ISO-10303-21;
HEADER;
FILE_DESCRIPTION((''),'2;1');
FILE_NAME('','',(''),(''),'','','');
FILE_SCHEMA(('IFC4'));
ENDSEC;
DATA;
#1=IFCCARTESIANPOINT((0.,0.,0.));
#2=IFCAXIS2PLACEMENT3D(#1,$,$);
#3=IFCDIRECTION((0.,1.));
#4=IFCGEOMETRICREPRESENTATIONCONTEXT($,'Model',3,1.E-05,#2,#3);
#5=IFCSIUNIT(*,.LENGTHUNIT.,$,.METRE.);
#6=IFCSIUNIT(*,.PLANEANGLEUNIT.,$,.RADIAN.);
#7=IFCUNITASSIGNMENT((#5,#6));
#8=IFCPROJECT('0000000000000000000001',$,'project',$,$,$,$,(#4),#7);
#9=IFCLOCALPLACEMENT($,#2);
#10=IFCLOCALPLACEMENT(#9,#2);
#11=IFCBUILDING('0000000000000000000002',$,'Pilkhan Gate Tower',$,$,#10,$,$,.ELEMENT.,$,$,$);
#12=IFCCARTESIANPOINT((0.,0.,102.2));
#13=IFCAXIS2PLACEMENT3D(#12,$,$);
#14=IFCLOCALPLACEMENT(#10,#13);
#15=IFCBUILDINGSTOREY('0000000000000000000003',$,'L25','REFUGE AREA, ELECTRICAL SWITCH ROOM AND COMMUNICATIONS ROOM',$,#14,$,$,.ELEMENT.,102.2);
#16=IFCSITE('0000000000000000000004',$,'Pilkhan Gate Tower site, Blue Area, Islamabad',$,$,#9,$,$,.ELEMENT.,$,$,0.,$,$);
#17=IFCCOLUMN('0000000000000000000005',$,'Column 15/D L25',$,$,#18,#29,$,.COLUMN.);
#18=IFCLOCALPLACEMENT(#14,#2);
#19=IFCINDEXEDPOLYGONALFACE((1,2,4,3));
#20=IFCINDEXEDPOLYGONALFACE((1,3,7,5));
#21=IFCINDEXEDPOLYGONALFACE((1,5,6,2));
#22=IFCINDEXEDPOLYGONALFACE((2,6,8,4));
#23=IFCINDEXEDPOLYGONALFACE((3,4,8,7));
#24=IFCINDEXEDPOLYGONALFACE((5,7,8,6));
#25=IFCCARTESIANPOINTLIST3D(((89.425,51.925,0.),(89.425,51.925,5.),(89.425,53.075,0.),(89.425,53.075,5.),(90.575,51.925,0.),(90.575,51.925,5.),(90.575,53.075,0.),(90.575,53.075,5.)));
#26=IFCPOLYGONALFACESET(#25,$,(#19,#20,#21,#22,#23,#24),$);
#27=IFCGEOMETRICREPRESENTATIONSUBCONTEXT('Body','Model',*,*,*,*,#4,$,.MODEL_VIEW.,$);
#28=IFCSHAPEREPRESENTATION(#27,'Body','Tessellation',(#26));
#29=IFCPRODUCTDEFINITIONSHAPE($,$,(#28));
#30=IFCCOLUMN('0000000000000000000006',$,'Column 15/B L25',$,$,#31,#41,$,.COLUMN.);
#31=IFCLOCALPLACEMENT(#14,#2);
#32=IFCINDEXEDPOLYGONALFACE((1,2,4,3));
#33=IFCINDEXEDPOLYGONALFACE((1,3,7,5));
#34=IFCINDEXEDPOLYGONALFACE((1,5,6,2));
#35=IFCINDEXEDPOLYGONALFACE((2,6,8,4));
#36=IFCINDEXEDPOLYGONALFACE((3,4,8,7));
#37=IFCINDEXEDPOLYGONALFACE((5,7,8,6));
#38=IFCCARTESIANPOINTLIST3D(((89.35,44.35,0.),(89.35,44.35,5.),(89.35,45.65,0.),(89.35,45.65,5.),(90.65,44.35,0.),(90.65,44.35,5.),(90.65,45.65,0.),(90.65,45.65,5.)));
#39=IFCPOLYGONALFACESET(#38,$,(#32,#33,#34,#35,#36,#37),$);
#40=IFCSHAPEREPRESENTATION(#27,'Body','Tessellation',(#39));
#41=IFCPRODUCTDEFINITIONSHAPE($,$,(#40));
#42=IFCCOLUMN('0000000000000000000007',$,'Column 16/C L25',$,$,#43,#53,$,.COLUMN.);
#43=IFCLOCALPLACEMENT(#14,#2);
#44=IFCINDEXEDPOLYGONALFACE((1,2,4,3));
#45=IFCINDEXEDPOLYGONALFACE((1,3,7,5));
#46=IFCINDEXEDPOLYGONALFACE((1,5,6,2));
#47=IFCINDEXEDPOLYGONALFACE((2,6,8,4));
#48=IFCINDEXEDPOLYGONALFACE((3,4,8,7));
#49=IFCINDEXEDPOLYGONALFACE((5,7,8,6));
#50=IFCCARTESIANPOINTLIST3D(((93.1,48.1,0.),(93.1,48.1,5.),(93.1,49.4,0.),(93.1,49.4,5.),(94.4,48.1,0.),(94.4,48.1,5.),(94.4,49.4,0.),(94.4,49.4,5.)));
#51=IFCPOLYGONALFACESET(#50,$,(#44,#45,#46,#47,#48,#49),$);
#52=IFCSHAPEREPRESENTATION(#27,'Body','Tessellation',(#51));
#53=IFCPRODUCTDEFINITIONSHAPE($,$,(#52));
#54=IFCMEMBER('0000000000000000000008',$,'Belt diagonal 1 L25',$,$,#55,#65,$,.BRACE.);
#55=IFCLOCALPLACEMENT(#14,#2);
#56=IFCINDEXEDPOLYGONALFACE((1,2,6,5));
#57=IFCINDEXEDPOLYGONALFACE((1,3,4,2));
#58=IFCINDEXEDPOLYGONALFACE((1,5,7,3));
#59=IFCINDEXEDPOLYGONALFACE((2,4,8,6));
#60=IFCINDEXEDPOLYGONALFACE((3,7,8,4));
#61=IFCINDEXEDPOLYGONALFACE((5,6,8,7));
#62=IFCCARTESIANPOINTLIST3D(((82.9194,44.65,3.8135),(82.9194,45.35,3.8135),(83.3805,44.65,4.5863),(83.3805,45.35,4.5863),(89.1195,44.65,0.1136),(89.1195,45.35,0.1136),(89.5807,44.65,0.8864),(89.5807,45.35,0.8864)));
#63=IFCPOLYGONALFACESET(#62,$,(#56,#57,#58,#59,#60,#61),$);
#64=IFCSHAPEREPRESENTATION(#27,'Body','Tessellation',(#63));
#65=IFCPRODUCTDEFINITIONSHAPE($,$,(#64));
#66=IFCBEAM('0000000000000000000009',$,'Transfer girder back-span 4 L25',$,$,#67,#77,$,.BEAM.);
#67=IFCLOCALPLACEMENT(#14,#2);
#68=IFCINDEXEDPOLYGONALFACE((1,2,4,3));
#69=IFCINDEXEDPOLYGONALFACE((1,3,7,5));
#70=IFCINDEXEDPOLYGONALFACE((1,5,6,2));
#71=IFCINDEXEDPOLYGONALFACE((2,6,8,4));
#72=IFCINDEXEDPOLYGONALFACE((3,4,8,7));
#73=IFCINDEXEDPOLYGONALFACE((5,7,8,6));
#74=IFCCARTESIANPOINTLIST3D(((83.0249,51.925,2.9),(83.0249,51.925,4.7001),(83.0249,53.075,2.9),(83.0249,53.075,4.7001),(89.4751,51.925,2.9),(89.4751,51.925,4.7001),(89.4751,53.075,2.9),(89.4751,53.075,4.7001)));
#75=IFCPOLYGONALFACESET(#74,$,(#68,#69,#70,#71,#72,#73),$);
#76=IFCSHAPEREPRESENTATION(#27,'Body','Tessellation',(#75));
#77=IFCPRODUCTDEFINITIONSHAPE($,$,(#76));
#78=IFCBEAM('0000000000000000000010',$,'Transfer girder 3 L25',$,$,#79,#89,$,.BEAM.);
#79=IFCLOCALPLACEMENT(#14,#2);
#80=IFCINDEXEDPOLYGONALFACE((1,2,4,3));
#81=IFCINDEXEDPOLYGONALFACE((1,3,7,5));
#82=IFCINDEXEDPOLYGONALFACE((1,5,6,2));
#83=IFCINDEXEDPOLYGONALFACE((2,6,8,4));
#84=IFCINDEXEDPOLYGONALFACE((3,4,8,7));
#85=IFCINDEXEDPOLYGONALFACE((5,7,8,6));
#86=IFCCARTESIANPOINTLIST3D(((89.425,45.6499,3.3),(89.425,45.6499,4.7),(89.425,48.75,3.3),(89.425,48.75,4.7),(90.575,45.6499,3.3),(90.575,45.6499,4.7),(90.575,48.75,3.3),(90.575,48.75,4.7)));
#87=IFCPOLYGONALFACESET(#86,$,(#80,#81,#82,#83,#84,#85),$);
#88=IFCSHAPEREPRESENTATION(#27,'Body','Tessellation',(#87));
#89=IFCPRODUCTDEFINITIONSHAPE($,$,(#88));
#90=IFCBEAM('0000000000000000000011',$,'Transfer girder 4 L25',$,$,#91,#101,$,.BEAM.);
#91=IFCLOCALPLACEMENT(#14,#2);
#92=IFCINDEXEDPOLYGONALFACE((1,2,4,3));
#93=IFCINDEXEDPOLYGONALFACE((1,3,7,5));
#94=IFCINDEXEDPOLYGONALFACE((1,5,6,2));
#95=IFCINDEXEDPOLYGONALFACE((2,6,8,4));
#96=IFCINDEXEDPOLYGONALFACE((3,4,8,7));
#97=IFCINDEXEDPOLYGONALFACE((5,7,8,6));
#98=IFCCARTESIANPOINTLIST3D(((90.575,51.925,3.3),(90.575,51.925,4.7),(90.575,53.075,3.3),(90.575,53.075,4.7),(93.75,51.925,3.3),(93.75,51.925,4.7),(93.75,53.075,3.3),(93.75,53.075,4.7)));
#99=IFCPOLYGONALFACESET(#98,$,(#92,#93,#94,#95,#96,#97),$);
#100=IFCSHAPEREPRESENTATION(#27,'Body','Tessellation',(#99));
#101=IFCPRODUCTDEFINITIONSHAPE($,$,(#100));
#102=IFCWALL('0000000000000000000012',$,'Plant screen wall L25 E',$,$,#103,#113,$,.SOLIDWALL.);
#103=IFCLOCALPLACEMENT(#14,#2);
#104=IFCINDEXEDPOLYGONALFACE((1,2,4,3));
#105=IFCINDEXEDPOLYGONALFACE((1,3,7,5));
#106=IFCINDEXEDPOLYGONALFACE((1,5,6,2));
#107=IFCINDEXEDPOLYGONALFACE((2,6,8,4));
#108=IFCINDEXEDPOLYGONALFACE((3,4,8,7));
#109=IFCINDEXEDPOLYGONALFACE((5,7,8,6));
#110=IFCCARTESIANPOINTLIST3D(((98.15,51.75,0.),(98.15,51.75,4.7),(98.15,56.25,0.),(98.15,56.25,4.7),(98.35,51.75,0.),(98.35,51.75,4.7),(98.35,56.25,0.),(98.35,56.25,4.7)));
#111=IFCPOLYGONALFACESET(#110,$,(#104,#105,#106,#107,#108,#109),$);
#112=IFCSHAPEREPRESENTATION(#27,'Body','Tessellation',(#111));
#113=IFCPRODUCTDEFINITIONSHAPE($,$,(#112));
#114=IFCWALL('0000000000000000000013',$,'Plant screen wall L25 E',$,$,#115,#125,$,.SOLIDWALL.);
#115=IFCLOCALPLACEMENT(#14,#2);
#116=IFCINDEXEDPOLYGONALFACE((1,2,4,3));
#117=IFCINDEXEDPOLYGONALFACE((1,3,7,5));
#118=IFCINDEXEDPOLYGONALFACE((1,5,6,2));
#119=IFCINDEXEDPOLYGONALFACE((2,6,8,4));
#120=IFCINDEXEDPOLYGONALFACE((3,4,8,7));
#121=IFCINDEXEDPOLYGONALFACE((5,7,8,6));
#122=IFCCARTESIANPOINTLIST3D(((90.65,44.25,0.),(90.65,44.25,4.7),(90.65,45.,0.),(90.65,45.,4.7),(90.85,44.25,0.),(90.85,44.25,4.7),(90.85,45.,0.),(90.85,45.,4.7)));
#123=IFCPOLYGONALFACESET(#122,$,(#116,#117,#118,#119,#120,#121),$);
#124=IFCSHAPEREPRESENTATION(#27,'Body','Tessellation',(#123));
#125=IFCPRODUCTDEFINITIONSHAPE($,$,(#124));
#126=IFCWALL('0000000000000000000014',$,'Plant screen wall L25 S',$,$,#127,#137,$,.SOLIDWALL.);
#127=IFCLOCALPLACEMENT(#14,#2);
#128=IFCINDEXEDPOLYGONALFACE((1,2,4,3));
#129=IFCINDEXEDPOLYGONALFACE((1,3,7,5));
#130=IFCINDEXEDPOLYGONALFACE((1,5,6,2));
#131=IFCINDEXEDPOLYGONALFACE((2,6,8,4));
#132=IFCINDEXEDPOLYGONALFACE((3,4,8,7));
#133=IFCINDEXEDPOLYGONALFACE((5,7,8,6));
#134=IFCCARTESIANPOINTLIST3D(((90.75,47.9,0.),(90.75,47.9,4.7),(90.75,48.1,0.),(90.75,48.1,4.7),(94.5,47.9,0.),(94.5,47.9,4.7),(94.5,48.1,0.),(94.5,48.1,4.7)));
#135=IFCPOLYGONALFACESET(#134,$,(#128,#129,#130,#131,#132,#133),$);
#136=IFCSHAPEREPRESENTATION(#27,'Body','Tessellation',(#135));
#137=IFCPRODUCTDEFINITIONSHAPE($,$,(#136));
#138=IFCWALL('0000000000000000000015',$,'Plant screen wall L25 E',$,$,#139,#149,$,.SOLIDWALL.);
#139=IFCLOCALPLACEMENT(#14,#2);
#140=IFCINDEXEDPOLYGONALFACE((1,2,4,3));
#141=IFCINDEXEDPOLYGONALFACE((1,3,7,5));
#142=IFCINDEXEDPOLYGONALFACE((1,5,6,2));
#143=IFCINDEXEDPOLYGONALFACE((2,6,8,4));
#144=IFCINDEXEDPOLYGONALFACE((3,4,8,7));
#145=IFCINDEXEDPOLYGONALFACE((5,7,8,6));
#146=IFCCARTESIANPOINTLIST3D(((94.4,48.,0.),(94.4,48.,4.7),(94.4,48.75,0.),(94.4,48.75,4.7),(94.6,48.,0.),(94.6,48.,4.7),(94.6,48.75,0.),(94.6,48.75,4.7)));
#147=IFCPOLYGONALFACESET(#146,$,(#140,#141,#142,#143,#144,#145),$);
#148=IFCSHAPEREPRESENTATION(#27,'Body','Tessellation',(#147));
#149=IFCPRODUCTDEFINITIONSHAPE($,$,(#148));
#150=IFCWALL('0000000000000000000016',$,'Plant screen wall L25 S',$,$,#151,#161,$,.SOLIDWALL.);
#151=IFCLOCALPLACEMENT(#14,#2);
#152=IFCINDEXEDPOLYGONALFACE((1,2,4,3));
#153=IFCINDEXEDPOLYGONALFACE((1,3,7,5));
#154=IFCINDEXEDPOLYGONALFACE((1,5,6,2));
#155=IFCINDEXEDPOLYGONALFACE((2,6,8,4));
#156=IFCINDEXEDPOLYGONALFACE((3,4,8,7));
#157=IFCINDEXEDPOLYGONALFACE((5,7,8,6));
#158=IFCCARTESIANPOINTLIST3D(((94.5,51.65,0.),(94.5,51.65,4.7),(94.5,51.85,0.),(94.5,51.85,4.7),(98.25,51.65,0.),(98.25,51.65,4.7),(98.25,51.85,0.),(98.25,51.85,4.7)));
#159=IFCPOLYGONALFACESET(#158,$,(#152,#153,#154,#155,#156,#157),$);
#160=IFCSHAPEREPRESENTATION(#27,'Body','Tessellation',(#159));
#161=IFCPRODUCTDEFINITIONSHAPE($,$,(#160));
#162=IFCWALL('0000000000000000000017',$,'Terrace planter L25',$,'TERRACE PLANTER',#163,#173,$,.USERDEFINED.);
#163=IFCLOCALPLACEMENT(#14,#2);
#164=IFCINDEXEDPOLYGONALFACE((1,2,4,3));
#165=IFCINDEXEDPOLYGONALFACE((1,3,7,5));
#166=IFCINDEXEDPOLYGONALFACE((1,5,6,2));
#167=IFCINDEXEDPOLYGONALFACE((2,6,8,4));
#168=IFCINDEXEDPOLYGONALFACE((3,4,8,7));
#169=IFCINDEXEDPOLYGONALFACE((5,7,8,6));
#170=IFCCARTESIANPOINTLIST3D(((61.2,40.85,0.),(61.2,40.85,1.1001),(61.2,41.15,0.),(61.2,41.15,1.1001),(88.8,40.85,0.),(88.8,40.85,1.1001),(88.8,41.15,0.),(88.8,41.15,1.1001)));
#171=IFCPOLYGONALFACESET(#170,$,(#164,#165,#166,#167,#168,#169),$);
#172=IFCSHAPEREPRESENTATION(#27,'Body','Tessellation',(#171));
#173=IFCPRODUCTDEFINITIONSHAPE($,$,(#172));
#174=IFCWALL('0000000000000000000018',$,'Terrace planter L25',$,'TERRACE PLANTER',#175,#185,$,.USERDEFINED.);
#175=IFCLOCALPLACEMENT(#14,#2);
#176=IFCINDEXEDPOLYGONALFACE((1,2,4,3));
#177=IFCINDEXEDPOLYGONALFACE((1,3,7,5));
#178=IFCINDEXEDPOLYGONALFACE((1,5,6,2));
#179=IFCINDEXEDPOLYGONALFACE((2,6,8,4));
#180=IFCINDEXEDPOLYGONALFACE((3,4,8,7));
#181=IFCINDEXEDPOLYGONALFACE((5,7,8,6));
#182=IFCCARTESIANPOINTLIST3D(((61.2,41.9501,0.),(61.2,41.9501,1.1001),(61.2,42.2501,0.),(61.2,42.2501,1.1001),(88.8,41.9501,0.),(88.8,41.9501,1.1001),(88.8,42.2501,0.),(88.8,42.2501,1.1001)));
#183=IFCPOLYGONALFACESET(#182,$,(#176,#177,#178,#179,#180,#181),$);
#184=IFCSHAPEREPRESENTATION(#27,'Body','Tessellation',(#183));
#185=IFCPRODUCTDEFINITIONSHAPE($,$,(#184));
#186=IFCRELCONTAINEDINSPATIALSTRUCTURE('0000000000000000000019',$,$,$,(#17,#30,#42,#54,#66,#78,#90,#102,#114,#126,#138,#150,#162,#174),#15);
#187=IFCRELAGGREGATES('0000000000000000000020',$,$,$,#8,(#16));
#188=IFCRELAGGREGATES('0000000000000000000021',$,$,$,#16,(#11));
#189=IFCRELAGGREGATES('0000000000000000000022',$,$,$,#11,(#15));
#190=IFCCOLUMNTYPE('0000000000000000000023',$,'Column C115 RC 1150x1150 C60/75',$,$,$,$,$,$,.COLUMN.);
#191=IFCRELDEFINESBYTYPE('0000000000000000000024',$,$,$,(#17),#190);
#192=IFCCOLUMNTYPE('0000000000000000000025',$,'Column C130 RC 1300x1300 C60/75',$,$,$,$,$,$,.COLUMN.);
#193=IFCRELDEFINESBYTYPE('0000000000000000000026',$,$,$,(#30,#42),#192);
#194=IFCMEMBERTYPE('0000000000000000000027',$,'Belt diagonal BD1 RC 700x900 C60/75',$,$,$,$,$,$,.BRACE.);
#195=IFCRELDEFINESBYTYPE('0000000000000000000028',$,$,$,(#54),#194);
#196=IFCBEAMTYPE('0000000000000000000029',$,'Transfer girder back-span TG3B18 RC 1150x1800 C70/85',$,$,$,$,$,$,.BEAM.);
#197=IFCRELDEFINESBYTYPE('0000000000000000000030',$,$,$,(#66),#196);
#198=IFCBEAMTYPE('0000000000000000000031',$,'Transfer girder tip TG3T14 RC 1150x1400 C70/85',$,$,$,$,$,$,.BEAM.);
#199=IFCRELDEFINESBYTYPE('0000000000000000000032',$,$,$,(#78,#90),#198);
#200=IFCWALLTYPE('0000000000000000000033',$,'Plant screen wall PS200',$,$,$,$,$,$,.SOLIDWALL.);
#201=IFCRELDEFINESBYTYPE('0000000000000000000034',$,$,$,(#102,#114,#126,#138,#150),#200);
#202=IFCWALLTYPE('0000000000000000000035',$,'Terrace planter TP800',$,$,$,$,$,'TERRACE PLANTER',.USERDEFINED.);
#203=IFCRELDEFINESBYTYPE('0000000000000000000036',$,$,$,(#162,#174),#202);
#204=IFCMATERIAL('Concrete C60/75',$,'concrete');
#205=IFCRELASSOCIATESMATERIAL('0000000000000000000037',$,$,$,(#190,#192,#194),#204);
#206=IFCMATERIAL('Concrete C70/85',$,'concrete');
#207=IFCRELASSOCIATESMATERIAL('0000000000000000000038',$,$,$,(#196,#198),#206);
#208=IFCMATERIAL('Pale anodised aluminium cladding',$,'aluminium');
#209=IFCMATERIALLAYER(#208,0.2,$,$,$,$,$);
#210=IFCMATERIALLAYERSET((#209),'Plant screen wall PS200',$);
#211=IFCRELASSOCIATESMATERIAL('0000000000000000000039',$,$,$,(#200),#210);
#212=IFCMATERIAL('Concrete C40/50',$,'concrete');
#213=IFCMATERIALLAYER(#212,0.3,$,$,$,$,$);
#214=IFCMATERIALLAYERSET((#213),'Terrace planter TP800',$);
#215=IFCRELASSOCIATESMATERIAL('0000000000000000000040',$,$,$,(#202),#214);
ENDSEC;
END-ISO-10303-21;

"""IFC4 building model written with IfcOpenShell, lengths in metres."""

from ifc_helpers import new_model, si_unit, direction, frame, frame_2d, origin, origin_2d, place, context, subcontext, project, spatial, rectangle, extrude, material, layer, layer_set, material_profile, profile_set, type_object, element, save


model = new_model("IFC4")

# Units and contexts
model_context = context("Model", 3, precision=1e-05, world=origin(), true_north=direction((0.0, 1.0)))
body_context = subcontext(model_context, "Body", "Model", "MODEL_VIEW")
ifc_project = project(units=[si_unit("LENGTHUNIT", "METRE"), si_unit("PLANEANGLEUNIT", "RADIAN")], contexts=[model_context])

# Site, building, storey
site_placement = place(None, origin())
site = spatial("IfcSite", under=ifc_project, at=site_placement, Name="Pilkhan Gate Tower site, Blue Area, Islamabad", CompositionType="ELEMENT", RefElevation=0.0)
building_placement = place(site_placement, origin())
building = spatial("IfcBuilding", under=site, at=building_placement, Name="Pilkhan Gate Tower", CompositionType="ELEMENT")
storey_placement = place(building_placement, frame((0.0, 0.0, 102.2)))
storey = spatial("IfcBuildingStorey", under=building, at=storey_placement, Name="L25", Description="REFUGE AREA, ELECTRICAL SWITCH ROOM AND COMMUNICATIONS ROOM", CompositionType="ELEMENT", Elevation=102.2)

# Columns
ifc_material_1 = material(Name="Concrete C60/75", Category="concrete")
ifc_material_profile_1 = material_profile(ifc_material_1, rectangle(XDim=1.1499, YDim=1.1499, at=origin_2d()), Name="RC 1150x1150")
ifc_profile_set_1 = profile_set([ifc_material_profile_1], Name="Concrete C60/75")
column_type_1 = type_object("IfcColumnType", Name="Column C115 RC 1150x1150 C60/75", PredefinedType="COLUMN", material=ifc_profile_set_1)
column_placement = place(storey_placement, frame((90.0, 52.5, 0.0), z_axis=(0.0, 0.0, 1.0), x_axis=(1.0, 0.0, 0.0)))
element("IfcColumn", 1, at=column_placement, inside=storey, type_object=column_type_1, Name="Column 15/D L25", PredefinedType="COLUMN", context=body_context, shape_type="SweptSolid", body=[
    extrude(rectangle(XDim=1.1499, YDim=1.1499, at=origin_2d()), origin(), (0.0, 0.0, 1.0), 5.0),
])
ifc_material_profile_2 = material_profile(ifc_material_1, rectangle(XDim=1.3, YDim=1.3, at=origin_2d()), Name="RC 1300x1300")
ifc_profile_set_2 = profile_set([ifc_material_profile_2], Name="Concrete C60/75")
column_type_2 = type_object("IfcColumnType", Name="Column C130 RC 1300x1300 C60/75", PredefinedType="COLUMN", material=ifc_profile_set_2)
for number, where, z_axis, x_axis, name in (
    (2, (90.0, 45.0, 0.0), (0.0, 0.0, 1.0), (1.0, 0.0, 0.0), "Column 15/B L25"),
    (3, (93.75, 48.75, 0.0), (0.0, 0.0, 1.0), (1.0, 0.0, 0.0), "Column 16/C L25"),
):
    element("IfcColumn", number, at=place(storey_placement, frame(where, z_axis=z_axis, x_axis=x_axis)), inside=storey, type_object=column_type_2, Name=name, PredefinedType="COLUMN", context=body_context, shape_type="SweptSolid", body=[
        extrude(rectangle(XDim=1.3, YDim=1.3, at=origin_2d()), origin(), (0.0, 0.0, 1.0), 5.0),
    ])

# Member
ifc_material_profile_3 = material_profile(ifc_material_1, rectangle(XDim=0.7, YDim=0.8999, at=origin_2d()), Name="RC 700x900")
ifc_profile_set_3 = profile_set([ifc_material_profile_3], Name="Concrete C60/75")
member_type = type_object("IfcMemberType", Name="Belt diagonal BD1 RC 700x900 C60/75", PredefinedType="BRACE", material=ifc_profile_set_3)
member_placement = place(storey_placement, frame((89.3501, 45.0, 0.5), z_axis=(-0.858723, 0.0, 0.512441), x_axis=(0.0, -1.0, 0.0)))
element("IfcMember", 4, at=member_placement, inside=storey, type_object=member_type, Name="Belt diagonal 1 L25", PredefinedType="BRACE", context=body_context, shape_type="SweptSolid", body=[
    extrude(rectangle(XDim=0.7, YDim=0.8999, at=origin_2d()), origin(), (0.0, 0.0, 1.0), 7.2202),
])

# Beams
ifc_material_2 = material(Name="Concrete C70/85", Category="concrete")
ifc_material_profile_4 = material_profile(ifc_material_2, rectangle(XDim=1.1499, YDim=1.8, at=origin_2d()), Name="RC 1150x1800")
ifc_profile_set_4 = profile_set([ifc_material_profile_4], Name="Concrete C70/85")
beam_type_1 = type_object("IfcBeamType", Name="Transfer girder back-span TG3B18 RC 1150x1800 C70/85", PredefinedType="BEAM", material=ifc_profile_set_4)
beam_1_placement = place(storey_placement, frame((89.4751, 52.5, 3.8), z_axis=(-1.0, 0.0, 0.0), x_axis=(0.0, -1.0, 0.0)))
element("IfcBeam", 5, at=beam_1_placement, inside=storey, type_object=beam_type_1, Name="Transfer girder back-span 4 L25", PredefinedType="BEAM", context=body_context, shape_type="SweptSolid", body=[
    extrude(rectangle(XDim=1.1499, YDim=1.8, at=origin_2d()), origin(), (0.0, 0.0, 1.0), 6.4502),
])
ifc_material_profile_5 = material_profile(ifc_material_2, rectangle(XDim=1.1499, YDim=1.3999, at=origin_2d()), Name="RC 1150x1400")
ifc_profile_set_5 = profile_set([ifc_material_profile_5], Name="Concrete C70/85")
beam_type_2 = type_object("IfcBeamType", Name="Transfer girder tip TG3T14 RC 1150x1400 C70/85", PredefinedType="BEAM", material=ifc_profile_set_5)
beam_2_placement = place(storey_placement, frame((90.0, 48.75, 4.0), z_axis=(0.0, -1.0, 0.0), x_axis=(1.0, 0.0, 0.0)))
element("IfcBeam", 6, at=beam_2_placement, inside=storey, type_object=beam_type_2, Name="Transfer girder 3 L25", PredefinedType="BEAM", context=body_context, shape_type="SweptSolid", body=[
    extrude(rectangle(XDim=1.1499, YDim=1.3999, at=origin_2d()), origin(), (0.0, 0.0, 1.0), 3.1001),
])
beam_3_placement = place(storey_placement, frame((93.75, 52.5, 4.0), z_axis=(-1.0, 0.0, 0.0), x_axis=(0.0, -1.0, 0.0)))
element("IfcBeam", 7, at=beam_3_placement, inside=storey, type_object=beam_type_2, Name="Transfer girder 4 L25", PredefinedType="BEAM", context=body_context, shape_type="SweptSolid", body=[
    extrude(rectangle(XDim=1.1499, YDim=1.3999, at=origin_2d()), origin(), (0.0, 0.0, 1.0), 3.175),
])

# Walls
ifc_material_3 = material(Name="Pale anodised aluminium cladding", Category="aluminium")
ifc_layer_1 = layer(ifc_material_3, 0.2)
ifc_layer_set_1 = layer_set([ifc_layer_1], Name="Plant screen wall PS200")
wall_type_1 = type_object("IfcWallType", Name="Plant screen wall PS200", PredefinedType="SOLIDWALL", material=ifc_layer_set_1)
wall_1_placement = place(storey_placement, frame((98.25, 51.75, 0.0), z_axis=(0.0, 0.0, 1.0), x_axis=(0.0, 1.0, 0.0)))
element("IfcWall", 8, at=wall_1_placement, inside=storey, type_object=wall_type_1, Name="Plant screen wall L25 E", PredefinedType="SOLIDWALL", context=body_context, shape_type="SweptSolid", body=[
    extrude(rectangle(XDim=4.5, YDim=0.2, at=frame_2d((2.25, 0.0))), origin(), (0.0, 0.0, 1.0), 4.7),
])
wall_2_placement = place(storey_placement, frame((90.75, 44.25, 0.0), z_axis=(0.0, 0.0, 1.0), x_axis=(0.0, 1.0, 0.0)))
element("IfcWall", 9, at=wall_2_placement, inside=storey, type_object=wall_type_1, Name="Plant screen wall L25 E", PredefinedType="SOLIDWALL", context=body_context, shape_type="SweptSolid", body=[
    extrude(rectangle(XDim=0.75, YDim=0.2, at=frame_2d((0.375, 0.0))), origin(), (0.0, 0.0, 1.0), 4.7),
])

# Walls
wall_3_placement = place(storey_placement, frame((90.75, 48.0, 0.0), z_axis=(0.0, 0.0, 1.0), x_axis=(1.0, 0.0, 0.0)))
element("IfcWall", 10, at=wall_3_placement, inside=storey, type_object=wall_type_1, Name="Plant screen wall L25 S", PredefinedType="SOLIDWALL", context=body_context, shape_type="SweptSolid", body=[
    extrude(rectangle(XDim=3.75, YDim=0.2, at=frame_2d((1.875, 0.0))), origin(), (0.0, 0.0, 1.0), 4.7),
])
wall_4_placement = place(storey_placement, frame((94.5, 48.0, 0.0), z_axis=(0.0, 0.0, 1.0), x_axis=(0.0, 1.0, 0.0)))
element("IfcWall", 11, at=wall_4_placement, inside=storey, type_object=wall_type_1, Name="Plant screen wall L25 E", PredefinedType="SOLIDWALL", context=body_context, shape_type="SweptSolid", body=[
    extrude(rectangle(XDim=0.75, YDim=0.2, at=frame_2d((0.375, 0.0))), origin(), (0.0, 0.0, 1.0), 4.7),
])

# Walls
wall_5_placement = place(storey_placement, frame((94.5, 51.75, 0.0), z_axis=(0.0, 0.0, 1.0), x_axis=(1.0, 0.0, 0.0)))
element("IfcWall", 12, at=wall_5_placement, inside=storey, type_object=wall_type_1, Name="Plant screen wall L25 S", PredefinedType="SOLIDWALL", context=body_context, shape_type="SweptSolid", body=[
    extrude(rectangle(XDim=3.75, YDim=0.2, at=frame_2d((1.875, 0.0))), origin(), (0.0, 0.0, 1.0), 4.7),
])
ifc_material_4 = material(Name="Concrete C40/50", Category="concrete")
ifc_layer_2 = layer(ifc_material_4, 0.3)
ifc_layer_set_2 = layer_set([ifc_layer_2], Name="Terrace planter TP800")
wall_type_2 = type_object("IfcWallType", Name="Terrace planter TP800", ElementType="TERRACE PLANTER", PredefinedType="USERDEFINED", material=ifc_layer_set_2)
for number, where, z_axis, x_axis, name in (
    (13, (88.8, 41.0, 0.0), (0.0, 0.0, 1.0), (-1.0, 0.0, 0.0), "Terrace planter L25"),
    (14, (88.8, 42.1001, 0.0), (0.0, 0.0, 1.0), (-1.0, 0.0, 0.0), "Terrace planter L25"),
):
    element("IfcWall", number, at=place(storey_placement, frame(where, z_axis=z_axis, x_axis=x_axis)), inside=storey, type_object=wall_type_2, Name=name, ObjectType="TERRACE PLANTER", PredefinedType="USERDEFINED", context=body_context, shape_type="SweptSolid", body=[
        extrude(rectangle(XDim=27.6001, YDim=0.3, at=frame_2d((13.8, 0.0))), origin(), (0.0, 0.0, 1.0), 1.1001),
    ])

save(model, "model.ifc")
